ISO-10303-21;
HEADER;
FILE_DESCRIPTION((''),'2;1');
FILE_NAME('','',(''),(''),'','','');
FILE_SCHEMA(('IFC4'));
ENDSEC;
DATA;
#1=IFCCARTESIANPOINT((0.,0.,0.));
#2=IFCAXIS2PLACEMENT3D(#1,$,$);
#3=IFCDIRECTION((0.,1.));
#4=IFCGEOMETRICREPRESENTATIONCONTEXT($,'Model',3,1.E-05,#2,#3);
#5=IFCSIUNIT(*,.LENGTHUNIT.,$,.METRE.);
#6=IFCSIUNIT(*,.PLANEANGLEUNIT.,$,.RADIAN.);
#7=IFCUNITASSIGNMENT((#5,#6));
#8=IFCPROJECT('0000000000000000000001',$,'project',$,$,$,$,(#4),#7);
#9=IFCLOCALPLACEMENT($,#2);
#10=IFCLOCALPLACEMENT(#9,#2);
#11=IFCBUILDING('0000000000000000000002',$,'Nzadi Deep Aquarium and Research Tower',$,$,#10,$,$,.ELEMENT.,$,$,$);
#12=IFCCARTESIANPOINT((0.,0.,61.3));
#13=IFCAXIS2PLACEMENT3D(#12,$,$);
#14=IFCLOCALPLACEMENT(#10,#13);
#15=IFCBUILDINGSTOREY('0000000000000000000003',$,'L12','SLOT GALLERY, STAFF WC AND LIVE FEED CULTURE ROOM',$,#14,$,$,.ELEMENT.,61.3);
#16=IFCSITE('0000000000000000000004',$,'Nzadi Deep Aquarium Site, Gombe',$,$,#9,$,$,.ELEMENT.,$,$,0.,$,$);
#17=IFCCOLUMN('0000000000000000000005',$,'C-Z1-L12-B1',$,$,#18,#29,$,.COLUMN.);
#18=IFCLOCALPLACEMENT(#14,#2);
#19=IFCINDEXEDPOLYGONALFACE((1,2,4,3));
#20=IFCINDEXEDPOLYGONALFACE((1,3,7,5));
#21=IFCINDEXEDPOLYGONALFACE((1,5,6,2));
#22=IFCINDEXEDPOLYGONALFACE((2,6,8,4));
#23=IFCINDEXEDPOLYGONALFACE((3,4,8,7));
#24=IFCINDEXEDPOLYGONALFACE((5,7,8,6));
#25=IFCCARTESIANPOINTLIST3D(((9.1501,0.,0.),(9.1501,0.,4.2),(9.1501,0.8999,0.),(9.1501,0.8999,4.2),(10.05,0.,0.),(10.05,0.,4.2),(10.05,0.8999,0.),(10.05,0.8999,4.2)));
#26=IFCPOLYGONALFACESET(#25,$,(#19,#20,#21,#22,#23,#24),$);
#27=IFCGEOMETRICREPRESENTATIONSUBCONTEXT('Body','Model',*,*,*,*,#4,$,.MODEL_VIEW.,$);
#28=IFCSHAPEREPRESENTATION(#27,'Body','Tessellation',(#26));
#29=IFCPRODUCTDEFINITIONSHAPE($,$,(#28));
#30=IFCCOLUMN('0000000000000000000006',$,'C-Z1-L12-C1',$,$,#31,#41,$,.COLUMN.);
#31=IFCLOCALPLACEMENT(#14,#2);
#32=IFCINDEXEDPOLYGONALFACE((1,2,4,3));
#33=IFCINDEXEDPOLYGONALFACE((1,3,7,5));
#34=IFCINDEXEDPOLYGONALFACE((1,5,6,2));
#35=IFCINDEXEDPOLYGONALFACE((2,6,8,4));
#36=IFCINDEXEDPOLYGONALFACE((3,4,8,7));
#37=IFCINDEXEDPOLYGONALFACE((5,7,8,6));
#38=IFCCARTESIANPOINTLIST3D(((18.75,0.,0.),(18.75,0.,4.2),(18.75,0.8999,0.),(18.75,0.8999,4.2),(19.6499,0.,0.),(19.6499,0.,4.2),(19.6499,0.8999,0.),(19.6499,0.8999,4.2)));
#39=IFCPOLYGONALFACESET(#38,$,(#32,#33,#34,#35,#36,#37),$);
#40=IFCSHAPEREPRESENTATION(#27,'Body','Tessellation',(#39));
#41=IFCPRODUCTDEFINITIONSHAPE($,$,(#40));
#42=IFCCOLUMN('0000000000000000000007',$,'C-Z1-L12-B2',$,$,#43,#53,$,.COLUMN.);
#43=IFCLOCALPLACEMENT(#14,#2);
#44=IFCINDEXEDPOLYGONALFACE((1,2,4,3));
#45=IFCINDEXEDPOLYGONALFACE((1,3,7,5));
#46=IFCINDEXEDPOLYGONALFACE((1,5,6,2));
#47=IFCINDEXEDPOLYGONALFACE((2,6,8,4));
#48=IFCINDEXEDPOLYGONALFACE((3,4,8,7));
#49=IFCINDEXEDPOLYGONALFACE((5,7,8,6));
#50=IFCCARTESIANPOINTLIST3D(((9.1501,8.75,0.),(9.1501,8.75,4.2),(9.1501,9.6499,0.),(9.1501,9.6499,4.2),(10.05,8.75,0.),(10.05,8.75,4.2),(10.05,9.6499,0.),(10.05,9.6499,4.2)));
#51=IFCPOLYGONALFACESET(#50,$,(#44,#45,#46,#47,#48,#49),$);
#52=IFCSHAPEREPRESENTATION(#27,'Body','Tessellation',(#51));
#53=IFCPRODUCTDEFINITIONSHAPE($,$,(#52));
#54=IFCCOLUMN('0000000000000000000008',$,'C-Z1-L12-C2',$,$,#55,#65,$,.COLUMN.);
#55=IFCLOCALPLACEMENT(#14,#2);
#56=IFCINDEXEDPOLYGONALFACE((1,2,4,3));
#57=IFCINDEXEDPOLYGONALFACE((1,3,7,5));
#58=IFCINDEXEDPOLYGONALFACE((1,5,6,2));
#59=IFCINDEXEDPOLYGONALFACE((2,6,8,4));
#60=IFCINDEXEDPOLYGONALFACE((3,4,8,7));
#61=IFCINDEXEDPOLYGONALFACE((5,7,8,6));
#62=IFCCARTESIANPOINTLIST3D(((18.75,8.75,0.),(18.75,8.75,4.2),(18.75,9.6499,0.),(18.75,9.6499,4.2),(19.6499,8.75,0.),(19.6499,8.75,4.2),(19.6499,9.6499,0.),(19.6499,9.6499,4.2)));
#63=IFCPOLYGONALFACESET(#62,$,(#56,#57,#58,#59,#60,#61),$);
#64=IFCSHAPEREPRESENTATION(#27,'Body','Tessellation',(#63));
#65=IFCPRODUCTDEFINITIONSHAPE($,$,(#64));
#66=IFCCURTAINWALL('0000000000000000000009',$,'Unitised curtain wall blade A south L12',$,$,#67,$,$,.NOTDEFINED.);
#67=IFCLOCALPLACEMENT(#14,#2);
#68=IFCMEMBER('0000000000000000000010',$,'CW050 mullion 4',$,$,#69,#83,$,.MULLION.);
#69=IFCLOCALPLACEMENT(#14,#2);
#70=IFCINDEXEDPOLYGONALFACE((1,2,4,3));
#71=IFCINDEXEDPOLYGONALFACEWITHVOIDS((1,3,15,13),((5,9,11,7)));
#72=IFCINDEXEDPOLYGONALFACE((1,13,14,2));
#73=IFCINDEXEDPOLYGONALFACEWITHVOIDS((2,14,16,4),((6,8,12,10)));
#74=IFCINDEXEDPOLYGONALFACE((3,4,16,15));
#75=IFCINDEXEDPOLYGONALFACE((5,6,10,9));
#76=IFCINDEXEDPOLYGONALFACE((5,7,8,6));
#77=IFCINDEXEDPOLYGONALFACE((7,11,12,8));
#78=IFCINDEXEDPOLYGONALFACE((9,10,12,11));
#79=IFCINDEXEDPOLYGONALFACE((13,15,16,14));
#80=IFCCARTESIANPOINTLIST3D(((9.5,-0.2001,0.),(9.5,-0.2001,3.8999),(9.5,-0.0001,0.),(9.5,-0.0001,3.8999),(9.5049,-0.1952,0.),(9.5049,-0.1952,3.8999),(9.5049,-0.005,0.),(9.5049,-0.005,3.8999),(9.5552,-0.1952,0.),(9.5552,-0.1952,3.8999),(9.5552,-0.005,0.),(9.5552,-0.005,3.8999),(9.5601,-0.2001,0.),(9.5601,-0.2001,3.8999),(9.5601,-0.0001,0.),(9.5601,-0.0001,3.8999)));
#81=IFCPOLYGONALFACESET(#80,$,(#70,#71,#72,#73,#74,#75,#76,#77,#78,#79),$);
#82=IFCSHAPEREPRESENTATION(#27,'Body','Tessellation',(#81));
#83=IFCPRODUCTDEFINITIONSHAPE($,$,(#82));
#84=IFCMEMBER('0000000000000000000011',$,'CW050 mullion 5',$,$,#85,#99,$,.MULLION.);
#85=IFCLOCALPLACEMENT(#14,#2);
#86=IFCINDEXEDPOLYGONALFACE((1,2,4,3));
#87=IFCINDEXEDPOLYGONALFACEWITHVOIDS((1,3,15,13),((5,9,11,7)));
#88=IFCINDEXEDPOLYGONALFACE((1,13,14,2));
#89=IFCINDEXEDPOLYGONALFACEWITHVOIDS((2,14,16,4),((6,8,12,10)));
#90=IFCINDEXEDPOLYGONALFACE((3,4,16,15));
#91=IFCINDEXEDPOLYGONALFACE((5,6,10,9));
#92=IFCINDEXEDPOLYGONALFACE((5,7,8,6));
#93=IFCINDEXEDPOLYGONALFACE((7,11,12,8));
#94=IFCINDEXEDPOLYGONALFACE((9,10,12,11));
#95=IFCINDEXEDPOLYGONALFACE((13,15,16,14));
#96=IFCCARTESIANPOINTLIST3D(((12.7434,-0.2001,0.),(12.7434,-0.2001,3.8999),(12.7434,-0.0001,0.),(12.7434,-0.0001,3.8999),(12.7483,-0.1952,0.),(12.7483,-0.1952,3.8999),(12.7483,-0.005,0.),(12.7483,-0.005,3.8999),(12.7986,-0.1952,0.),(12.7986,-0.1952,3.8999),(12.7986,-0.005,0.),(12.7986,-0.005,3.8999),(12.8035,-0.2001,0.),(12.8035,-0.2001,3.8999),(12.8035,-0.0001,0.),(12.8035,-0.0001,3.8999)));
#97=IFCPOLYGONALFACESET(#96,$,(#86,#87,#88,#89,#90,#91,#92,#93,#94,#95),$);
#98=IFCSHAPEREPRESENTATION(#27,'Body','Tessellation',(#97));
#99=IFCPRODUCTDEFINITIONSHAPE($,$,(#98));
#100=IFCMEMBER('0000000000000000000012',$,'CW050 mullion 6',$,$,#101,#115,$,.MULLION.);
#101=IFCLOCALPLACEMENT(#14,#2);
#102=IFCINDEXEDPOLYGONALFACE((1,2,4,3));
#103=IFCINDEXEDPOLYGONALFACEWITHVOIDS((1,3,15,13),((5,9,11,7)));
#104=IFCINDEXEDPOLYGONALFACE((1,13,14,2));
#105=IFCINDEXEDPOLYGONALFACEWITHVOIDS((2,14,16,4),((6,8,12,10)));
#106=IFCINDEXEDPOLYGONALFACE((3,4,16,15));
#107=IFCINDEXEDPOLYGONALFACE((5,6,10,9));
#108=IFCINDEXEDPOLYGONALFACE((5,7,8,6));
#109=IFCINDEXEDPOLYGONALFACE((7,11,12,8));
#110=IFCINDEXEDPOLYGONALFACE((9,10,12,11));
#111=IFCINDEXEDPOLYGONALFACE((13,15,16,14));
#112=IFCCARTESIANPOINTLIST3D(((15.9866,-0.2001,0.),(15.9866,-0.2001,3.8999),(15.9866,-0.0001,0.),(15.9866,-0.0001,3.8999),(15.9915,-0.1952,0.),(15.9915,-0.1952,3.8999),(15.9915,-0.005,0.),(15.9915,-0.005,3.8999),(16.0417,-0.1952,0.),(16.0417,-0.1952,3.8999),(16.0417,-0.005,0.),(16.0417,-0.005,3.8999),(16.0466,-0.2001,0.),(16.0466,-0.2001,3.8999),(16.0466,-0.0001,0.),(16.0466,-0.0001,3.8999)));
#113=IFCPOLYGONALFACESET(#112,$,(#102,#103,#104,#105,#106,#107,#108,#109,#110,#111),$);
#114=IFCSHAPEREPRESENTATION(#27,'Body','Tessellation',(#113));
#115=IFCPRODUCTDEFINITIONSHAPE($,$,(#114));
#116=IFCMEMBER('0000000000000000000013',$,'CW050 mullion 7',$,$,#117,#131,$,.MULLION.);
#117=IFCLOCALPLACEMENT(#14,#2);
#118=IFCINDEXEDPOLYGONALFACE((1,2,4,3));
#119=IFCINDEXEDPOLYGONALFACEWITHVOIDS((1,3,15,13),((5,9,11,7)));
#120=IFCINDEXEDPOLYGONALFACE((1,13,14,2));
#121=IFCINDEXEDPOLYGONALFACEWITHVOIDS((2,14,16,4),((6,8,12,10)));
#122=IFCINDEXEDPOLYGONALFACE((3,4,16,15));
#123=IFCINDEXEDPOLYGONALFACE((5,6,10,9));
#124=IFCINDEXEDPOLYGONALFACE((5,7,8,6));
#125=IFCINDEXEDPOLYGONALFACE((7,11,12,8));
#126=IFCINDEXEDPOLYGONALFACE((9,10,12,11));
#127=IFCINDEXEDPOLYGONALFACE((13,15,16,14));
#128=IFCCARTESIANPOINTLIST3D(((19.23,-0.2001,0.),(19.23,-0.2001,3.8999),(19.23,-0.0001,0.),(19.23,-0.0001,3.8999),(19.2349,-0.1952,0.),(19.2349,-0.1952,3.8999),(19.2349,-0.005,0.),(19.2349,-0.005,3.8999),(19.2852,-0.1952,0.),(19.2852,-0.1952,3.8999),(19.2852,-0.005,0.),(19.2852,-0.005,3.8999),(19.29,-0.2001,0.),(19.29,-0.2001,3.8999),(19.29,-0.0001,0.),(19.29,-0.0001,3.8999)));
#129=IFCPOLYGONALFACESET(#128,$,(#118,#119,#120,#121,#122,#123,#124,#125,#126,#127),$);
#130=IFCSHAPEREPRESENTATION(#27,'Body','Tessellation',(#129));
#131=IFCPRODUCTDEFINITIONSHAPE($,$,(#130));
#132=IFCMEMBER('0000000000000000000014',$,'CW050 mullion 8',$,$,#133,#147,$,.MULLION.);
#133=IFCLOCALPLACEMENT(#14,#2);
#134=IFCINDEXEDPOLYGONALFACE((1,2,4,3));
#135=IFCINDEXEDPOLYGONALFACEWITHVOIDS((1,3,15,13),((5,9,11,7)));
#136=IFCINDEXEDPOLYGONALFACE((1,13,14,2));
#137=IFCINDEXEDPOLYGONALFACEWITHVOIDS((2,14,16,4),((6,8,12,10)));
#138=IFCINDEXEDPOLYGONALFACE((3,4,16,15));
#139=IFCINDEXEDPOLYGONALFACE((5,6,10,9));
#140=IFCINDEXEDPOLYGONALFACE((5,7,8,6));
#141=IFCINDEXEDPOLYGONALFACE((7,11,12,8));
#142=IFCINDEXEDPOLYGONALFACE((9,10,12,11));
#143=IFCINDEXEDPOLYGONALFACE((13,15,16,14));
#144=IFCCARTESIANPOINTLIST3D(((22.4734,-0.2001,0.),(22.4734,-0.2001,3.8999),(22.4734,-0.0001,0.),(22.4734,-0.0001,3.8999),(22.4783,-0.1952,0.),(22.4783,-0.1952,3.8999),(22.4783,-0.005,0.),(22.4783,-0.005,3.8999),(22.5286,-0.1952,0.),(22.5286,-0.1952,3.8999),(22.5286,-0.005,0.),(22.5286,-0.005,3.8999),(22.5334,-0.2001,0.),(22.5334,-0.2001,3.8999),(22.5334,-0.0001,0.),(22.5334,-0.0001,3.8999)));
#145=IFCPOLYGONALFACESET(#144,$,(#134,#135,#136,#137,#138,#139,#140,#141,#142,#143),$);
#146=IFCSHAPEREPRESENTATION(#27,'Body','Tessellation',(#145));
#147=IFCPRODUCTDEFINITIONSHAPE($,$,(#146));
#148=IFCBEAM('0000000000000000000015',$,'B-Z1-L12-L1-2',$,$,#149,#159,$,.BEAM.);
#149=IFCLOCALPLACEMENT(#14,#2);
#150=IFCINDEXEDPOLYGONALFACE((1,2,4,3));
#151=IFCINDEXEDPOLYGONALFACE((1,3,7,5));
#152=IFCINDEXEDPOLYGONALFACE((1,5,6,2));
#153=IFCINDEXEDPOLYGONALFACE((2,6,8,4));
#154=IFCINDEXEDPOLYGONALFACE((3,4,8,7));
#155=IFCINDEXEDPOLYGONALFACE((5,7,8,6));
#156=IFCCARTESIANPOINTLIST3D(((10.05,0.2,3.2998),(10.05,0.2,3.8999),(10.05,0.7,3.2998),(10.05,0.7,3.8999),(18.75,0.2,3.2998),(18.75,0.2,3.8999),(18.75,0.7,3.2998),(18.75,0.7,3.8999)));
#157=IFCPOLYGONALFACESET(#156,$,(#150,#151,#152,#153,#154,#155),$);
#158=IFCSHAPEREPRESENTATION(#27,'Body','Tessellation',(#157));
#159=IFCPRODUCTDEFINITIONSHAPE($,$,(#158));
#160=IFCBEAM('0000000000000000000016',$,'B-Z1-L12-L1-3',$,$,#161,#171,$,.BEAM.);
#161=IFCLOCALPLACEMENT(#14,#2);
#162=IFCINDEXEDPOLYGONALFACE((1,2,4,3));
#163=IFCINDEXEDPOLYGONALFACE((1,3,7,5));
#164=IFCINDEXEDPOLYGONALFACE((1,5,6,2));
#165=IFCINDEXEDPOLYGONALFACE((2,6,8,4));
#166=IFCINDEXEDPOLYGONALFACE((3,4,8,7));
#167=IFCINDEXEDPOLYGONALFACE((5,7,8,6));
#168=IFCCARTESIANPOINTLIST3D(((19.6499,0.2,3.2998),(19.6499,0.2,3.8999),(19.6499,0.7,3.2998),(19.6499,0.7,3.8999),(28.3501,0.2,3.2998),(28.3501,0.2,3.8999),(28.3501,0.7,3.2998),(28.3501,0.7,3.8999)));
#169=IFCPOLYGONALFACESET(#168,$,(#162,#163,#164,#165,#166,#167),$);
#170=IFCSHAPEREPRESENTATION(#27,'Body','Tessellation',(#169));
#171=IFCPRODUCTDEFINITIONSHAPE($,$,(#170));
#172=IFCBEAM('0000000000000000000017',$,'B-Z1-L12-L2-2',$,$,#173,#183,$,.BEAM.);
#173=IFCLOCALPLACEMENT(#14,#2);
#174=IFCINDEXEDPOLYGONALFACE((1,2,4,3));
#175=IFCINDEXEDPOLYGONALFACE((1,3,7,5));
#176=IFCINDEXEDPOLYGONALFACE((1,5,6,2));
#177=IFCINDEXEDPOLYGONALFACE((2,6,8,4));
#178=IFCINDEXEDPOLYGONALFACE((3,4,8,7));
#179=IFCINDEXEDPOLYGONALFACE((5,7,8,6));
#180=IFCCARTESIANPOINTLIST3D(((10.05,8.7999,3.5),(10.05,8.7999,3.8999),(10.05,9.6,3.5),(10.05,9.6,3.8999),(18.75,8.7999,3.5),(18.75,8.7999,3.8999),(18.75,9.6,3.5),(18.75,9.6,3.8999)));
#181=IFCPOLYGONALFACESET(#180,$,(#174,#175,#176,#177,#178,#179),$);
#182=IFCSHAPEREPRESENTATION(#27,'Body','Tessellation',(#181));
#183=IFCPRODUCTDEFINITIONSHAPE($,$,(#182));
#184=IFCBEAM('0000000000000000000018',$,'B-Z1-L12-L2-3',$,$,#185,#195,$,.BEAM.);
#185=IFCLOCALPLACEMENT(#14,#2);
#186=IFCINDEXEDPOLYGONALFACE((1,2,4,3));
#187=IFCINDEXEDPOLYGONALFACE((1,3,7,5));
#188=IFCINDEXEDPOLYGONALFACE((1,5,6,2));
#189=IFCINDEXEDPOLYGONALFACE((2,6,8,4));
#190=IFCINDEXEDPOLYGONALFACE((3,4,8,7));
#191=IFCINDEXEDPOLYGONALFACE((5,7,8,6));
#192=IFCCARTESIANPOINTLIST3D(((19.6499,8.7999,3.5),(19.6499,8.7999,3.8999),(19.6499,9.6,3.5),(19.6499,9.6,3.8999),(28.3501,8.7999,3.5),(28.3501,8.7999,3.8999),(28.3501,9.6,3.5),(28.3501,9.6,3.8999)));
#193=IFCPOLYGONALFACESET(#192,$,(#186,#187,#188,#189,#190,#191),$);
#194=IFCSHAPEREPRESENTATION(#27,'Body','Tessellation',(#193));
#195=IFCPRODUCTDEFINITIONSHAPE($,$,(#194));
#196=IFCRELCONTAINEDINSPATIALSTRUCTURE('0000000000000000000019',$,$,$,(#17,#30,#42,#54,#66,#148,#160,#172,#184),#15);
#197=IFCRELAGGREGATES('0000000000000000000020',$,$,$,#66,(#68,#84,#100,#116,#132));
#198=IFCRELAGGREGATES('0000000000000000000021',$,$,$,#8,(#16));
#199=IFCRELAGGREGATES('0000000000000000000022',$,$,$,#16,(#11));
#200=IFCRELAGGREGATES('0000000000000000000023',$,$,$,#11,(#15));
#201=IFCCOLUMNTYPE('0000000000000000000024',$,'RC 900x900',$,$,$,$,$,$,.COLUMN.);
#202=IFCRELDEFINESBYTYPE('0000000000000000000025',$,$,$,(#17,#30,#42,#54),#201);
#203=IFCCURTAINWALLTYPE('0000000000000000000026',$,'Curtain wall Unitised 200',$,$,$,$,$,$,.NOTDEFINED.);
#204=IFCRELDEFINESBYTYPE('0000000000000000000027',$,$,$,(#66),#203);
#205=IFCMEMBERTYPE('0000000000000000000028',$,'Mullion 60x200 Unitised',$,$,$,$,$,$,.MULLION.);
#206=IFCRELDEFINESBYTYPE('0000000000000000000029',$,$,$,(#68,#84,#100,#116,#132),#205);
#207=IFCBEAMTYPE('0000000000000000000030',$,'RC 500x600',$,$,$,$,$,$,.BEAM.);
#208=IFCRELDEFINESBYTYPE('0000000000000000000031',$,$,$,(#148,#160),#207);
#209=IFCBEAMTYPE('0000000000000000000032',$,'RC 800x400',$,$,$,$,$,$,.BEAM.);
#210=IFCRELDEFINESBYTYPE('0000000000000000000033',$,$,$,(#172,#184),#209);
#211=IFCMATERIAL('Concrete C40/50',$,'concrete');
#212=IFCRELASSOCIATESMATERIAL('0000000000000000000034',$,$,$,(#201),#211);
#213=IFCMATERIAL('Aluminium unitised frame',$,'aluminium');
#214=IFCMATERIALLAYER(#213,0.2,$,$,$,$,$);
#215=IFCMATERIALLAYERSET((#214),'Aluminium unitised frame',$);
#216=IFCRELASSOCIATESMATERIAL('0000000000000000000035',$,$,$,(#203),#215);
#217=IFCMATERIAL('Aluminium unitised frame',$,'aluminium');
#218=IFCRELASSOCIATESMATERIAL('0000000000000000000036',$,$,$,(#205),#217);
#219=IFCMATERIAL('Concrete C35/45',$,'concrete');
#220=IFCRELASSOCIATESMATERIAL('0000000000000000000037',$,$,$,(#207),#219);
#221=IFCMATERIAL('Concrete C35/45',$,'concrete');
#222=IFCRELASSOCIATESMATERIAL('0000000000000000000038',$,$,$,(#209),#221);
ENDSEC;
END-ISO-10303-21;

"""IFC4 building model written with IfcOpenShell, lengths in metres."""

from ifc_helpers import new_model, si_unit, direction, frame, origin, origin_2d, place, context, subcontext, project, spatial, rectangle, hollow_rectangle, extrude, material, layer, layer_set, material_profile, profile_set, type_object, element, aggregate, save


model = new_model("IFC4")

# Units and contexts
model_context = context("Model", 3, precision=1e-05, world=origin(), true_north=direction((0.0, 1.0)))
body_context = subcontext(model_context, "Body", "Model", "MODEL_VIEW")
ifc_project = project(units=[si_unit("LENGTHUNIT", "METRE"), si_unit("PLANEANGLEUNIT", "RADIAN")], contexts=[model_context])

# Site, building, storey
site_placement = place(None, origin())
site = spatial("IfcSite", under=ifc_project, at=site_placement, Name="Nzadi Deep Aquarium Site, Gombe", CompositionType="ELEMENT", RefElevation=0.0)
building_placement = place(site_placement, origin())
building = spatial("IfcBuilding", under=site, at=building_placement, Name="Nzadi Deep Aquarium and Research Tower", CompositionType="ELEMENT")
storey_placement = place(building_placement, frame((0.0, 0.0, 61.3)))
storey = spatial("IfcBuildingStorey", under=building, at=storey_placement, Name="L12", Description="SLOT GALLERY, STAFF WC AND LIVE FEED CULTURE ROOM", CompositionType="ELEMENT", Elevation=61.3)

# Columns
ifc_material_1 = material(Name="Concrete C40/50", Category="concrete")
ifc_material_profile_1 = material_profile(ifc_material_1, rectangle(XDim=0.8999, YDim=0.8999, at=origin_2d()))
ifc_profile_set_1 = profile_set([ifc_material_profile_1], Name="Concrete C40/50")
column_type = type_object("IfcColumnType", Name="RC 900x900", PredefinedType="COLUMN", material=ifc_profile_set_1)
for number, where, z_axis, x_axis, name in (
    (1, (9.6001, 0.45, 0.0), (0.0, 0.0, 1.0), (1.0, 0.0, 0.0), "C-Z1-L12-B1"),
    (2, (19.2, 0.45, 0.0), (0.0, 0.0, 1.0), (1.0, 0.0, 0.0), "C-Z1-L12-C1"),
    (3, (9.6001, 9.2, 0.0), (0.0, 0.0, 1.0), (1.0, 0.0, 0.0), "C-Z1-L12-B2"),
    (4, (19.2, 9.2, 0.0), (0.0, 0.0, 1.0), (1.0, 0.0, 0.0), "C-Z1-L12-C2"),
):
    element("IfcColumn", number, at=place(storey_placement, frame(where, z_axis=z_axis, x_axis=x_axis)), inside=storey, type_object=column_type, Name=name, PredefinedType="COLUMN", context=body_context, shape_type="SweptSolid", body=[
        extrude(rectangle(XDim=0.8999, YDim=0.8999, at=origin_2d()), origin(), (0.0, 0.0, 1.0), 4.2),
    ])

# Curtain wall, members
ifc_material_2 = material(Name="Aluminium unitised frame", Category="aluminium")
ifc_layer_1 = layer(ifc_material_2, 0.2)
ifc_layer_set_1 = layer_set([ifc_layer_1], Name="Aluminium unitised frame")
curtain_wall_type = type_object("IfcCurtainWallType", Name="Curtain wall Unitised 200", PredefinedType="NOTDEFINED", material=ifc_layer_set_1)
curtain_wall_placement = place(storey_placement, origin())
curtain_wall = element("IfcCurtainWall", 5, at=curtain_wall_placement, inside=storey, type_object=curtain_wall_type, Name="Unitised curtain wall blade A south L12", PredefinedType="NOTDEFINED")
ifc_material_3 = material(Name="Aluminium unitised frame", Category="aluminium")
ifc_material_profile_2 = material_profile(ifc_material_3, hollow_rectangle(XDim=0.2, YDim=0.0601, WallThickness=0.0049, at=origin_2d()))
ifc_profile_set_2 = profile_set([ifc_material_profile_2], Name="Aluminium unitised frame")
member_type_1 = type_object("IfcMemberType", Name="Mullion 60x200 Unitised", PredefinedType="MULLION", material=ifc_profile_set_2)
member_1_placement = place(storey_placement, frame((9.53, -0.1001, 0.0), z_axis=(0.0, 0.0, 1.0), x_axis=(0.0, 1.0, 0.0)))
member_1 = element("IfcMember", 6, at=member_1_placement, type_object=member_type_1, Name="CW050 mullion 4", PredefinedType="MULLION", context=body_context, shape_type="SweptSolid", body=[
    extrude(hollow_rectangle(XDim=0.2, YDim=0.0601, WallThickness=0.0049, at=origin_2d()), origin(), (0.0, 0.0, 1.0), 3.8999),
])
member_2_placement = place(storey_placement, frame((12.7734, -0.1001, 0.0), z_axis=(0.0, 0.0, 1.0), x_axis=(0.0, 1.0, 0.0)))
member_2 = element("IfcMember", 7, at=member_2_placement, type_object=member_type_1, Name="CW050 mullion 5", PredefinedType="MULLION", context=body_context, shape_type="SweptSolid", body=[
    extrude(hollow_rectangle(XDim=0.2, YDim=0.0601, WallThickness=0.0049, at=origin_2d()), origin(), (0.0, 0.0, 1.0), 3.8999),
])
member_3_placement = place(storey_placement, frame((16.0166, -0.1001, 0.0), z_axis=(0.0, 0.0, 1.0), x_axis=(0.0, 1.0, 0.0)))
member_3 = element("IfcMember", 8, at=member_3_placement, type_object=member_type_1, Name="CW050 mullion 6", PredefinedType="MULLION", context=body_context, shape_type="SweptSolid", body=[
    extrude(hollow_rectangle(XDim=0.2, YDim=0.0601, WallThickness=0.0049, at=origin_2d()), origin(), (0.0, 0.0, 1.0), 3.8999),
])
member_4_placement = place(storey_placement, frame((19.26, -0.1001, 0.0), z_axis=(0.0, 0.0, 1.0), x_axis=(0.0, 1.0, 0.0)))
member_4 = element("IfcMember", 9, at=member_4_placement, type_object=member_type_1, Name="CW050 mullion 7", PredefinedType="MULLION", context=body_context, shape_type="SweptSolid", body=[
    extrude(hollow_rectangle(XDim=0.2, YDim=0.0601, WallThickness=0.0049, at=origin_2d()), origin(), (0.0, 0.0, 1.0), 3.8999),
])
member_5_placement = place(storey_placement, frame((22.5034, -0.1001, 0.0), z_axis=(0.0, 0.0, 1.0), x_axis=(0.0, 1.0, 0.0)))
member_5 = element("IfcMember", 10, at=member_5_placement, type_object=member_type_1, Name="CW050 mullion 8", PredefinedType="MULLION", context=body_context, shape_type="SweptSolid", body=[
    extrude(hollow_rectangle(XDim=0.2, YDim=0.0601, WallThickness=0.0049, at=origin_2d()), origin(), (0.0, 0.0, 1.0), 3.8999),
])

# Beams
ifc_material_4 = material(Name="Concrete C35/45", Category="concrete")
ifc_material_profile_3 = material_profile(ifc_material_4, rectangle(XDim=0.5, YDim=0.6001, at=origin_2d()))
ifc_profile_set_3 = profile_set([ifc_material_profile_3], Name="Concrete C35/45")
beam_type_1 = type_object("IfcBeamType", Name="RC 500x600", PredefinedType="BEAM", material=ifc_profile_set_3)
beam_1_placement = place(storey_placement, frame((10.05, 0.45, 3.5999), z_axis=(1.0, 0.0, 0.0), x_axis=(0.0, 1.0, 0.0)))
element("IfcBeam", 11, at=beam_1_placement, inside=storey, type_object=beam_type_1, Name="B-Z1-L12-L1-2", PredefinedType="BEAM", context=body_context, shape_type="SweptSolid", body=[
    extrude(rectangle(XDim=0.5, YDim=0.6001, at=origin_2d()), origin(), (0.0, 0.0, 1.0), 8.7),
])
beam_2_placement = place(storey_placement, frame((19.6499, 0.45, 3.5999), z_axis=(1.0, 0.0, 0.0), x_axis=(0.0, 1.0, 0.0)))
element("IfcBeam", 12, at=beam_2_placement, inside=storey, type_object=beam_type_1, Name="B-Z1-L12-L1-3", PredefinedType="BEAM", context=body_context, shape_type="SweptSolid", body=[
    extrude(rectangle(XDim=0.5, YDim=0.6001, at=origin_2d()), origin(), (0.0, 0.0, 1.0), 8.7002),
])
ifc_material_5 = material(Name="Concrete C35/45", Category="concrete")
ifc_material_profile_4 = material_profile(ifc_material_5, rectangle(XDim=0.8, YDim=0.3999, at=origin_2d()))
ifc_profile_set_4 = profile_set([ifc_material_profile_4], Name="Concrete C35/45")
beam_type_2 = type_object("IfcBeamType", Name="RC 800x400", PredefinedType="BEAM", material=ifc_profile_set_4)
beam_3_placement = place(storey_placement, frame((10.05, 9.2, 3.7), z_axis=(1.0, 0.0, 0.0), x_axis=(0.0, 1.0, 0.0)))
element("IfcBeam", 13, at=beam_3_placement, inside=storey, type_object=beam_type_2, Name="B-Z1-L12-L2-2", PredefinedType="BEAM", context=body_context, shape_type="SweptSolid", body=[
    extrude(rectangle(XDim=0.8, YDim=0.3999, at=origin_2d()), origin(), (0.0, 0.0, 1.0), 8.7),
])
beam_4_placement = place(storey_placement, frame((19.6499, 9.2, 3.7), z_axis=(1.0, 0.0, 0.0), x_axis=(0.0, 1.0, 0.0)))
element("IfcBeam", 14, at=beam_4_placement, inside=storey, type_object=beam_type_2, Name="B-Z1-L12-L2-3", PredefinedType="BEAM", context=body_context, shape_type="SweptSolid", body=[
    extrude(rectangle(XDim=0.8, YDim=0.3999, at=origin_2d()), origin(), (0.0, 0.0, 1.0), 8.7002),
])

aggregate(curtain_wall, [member_1, member_2, member_3, member_4, member_5])

save(model, "model.ifc")
